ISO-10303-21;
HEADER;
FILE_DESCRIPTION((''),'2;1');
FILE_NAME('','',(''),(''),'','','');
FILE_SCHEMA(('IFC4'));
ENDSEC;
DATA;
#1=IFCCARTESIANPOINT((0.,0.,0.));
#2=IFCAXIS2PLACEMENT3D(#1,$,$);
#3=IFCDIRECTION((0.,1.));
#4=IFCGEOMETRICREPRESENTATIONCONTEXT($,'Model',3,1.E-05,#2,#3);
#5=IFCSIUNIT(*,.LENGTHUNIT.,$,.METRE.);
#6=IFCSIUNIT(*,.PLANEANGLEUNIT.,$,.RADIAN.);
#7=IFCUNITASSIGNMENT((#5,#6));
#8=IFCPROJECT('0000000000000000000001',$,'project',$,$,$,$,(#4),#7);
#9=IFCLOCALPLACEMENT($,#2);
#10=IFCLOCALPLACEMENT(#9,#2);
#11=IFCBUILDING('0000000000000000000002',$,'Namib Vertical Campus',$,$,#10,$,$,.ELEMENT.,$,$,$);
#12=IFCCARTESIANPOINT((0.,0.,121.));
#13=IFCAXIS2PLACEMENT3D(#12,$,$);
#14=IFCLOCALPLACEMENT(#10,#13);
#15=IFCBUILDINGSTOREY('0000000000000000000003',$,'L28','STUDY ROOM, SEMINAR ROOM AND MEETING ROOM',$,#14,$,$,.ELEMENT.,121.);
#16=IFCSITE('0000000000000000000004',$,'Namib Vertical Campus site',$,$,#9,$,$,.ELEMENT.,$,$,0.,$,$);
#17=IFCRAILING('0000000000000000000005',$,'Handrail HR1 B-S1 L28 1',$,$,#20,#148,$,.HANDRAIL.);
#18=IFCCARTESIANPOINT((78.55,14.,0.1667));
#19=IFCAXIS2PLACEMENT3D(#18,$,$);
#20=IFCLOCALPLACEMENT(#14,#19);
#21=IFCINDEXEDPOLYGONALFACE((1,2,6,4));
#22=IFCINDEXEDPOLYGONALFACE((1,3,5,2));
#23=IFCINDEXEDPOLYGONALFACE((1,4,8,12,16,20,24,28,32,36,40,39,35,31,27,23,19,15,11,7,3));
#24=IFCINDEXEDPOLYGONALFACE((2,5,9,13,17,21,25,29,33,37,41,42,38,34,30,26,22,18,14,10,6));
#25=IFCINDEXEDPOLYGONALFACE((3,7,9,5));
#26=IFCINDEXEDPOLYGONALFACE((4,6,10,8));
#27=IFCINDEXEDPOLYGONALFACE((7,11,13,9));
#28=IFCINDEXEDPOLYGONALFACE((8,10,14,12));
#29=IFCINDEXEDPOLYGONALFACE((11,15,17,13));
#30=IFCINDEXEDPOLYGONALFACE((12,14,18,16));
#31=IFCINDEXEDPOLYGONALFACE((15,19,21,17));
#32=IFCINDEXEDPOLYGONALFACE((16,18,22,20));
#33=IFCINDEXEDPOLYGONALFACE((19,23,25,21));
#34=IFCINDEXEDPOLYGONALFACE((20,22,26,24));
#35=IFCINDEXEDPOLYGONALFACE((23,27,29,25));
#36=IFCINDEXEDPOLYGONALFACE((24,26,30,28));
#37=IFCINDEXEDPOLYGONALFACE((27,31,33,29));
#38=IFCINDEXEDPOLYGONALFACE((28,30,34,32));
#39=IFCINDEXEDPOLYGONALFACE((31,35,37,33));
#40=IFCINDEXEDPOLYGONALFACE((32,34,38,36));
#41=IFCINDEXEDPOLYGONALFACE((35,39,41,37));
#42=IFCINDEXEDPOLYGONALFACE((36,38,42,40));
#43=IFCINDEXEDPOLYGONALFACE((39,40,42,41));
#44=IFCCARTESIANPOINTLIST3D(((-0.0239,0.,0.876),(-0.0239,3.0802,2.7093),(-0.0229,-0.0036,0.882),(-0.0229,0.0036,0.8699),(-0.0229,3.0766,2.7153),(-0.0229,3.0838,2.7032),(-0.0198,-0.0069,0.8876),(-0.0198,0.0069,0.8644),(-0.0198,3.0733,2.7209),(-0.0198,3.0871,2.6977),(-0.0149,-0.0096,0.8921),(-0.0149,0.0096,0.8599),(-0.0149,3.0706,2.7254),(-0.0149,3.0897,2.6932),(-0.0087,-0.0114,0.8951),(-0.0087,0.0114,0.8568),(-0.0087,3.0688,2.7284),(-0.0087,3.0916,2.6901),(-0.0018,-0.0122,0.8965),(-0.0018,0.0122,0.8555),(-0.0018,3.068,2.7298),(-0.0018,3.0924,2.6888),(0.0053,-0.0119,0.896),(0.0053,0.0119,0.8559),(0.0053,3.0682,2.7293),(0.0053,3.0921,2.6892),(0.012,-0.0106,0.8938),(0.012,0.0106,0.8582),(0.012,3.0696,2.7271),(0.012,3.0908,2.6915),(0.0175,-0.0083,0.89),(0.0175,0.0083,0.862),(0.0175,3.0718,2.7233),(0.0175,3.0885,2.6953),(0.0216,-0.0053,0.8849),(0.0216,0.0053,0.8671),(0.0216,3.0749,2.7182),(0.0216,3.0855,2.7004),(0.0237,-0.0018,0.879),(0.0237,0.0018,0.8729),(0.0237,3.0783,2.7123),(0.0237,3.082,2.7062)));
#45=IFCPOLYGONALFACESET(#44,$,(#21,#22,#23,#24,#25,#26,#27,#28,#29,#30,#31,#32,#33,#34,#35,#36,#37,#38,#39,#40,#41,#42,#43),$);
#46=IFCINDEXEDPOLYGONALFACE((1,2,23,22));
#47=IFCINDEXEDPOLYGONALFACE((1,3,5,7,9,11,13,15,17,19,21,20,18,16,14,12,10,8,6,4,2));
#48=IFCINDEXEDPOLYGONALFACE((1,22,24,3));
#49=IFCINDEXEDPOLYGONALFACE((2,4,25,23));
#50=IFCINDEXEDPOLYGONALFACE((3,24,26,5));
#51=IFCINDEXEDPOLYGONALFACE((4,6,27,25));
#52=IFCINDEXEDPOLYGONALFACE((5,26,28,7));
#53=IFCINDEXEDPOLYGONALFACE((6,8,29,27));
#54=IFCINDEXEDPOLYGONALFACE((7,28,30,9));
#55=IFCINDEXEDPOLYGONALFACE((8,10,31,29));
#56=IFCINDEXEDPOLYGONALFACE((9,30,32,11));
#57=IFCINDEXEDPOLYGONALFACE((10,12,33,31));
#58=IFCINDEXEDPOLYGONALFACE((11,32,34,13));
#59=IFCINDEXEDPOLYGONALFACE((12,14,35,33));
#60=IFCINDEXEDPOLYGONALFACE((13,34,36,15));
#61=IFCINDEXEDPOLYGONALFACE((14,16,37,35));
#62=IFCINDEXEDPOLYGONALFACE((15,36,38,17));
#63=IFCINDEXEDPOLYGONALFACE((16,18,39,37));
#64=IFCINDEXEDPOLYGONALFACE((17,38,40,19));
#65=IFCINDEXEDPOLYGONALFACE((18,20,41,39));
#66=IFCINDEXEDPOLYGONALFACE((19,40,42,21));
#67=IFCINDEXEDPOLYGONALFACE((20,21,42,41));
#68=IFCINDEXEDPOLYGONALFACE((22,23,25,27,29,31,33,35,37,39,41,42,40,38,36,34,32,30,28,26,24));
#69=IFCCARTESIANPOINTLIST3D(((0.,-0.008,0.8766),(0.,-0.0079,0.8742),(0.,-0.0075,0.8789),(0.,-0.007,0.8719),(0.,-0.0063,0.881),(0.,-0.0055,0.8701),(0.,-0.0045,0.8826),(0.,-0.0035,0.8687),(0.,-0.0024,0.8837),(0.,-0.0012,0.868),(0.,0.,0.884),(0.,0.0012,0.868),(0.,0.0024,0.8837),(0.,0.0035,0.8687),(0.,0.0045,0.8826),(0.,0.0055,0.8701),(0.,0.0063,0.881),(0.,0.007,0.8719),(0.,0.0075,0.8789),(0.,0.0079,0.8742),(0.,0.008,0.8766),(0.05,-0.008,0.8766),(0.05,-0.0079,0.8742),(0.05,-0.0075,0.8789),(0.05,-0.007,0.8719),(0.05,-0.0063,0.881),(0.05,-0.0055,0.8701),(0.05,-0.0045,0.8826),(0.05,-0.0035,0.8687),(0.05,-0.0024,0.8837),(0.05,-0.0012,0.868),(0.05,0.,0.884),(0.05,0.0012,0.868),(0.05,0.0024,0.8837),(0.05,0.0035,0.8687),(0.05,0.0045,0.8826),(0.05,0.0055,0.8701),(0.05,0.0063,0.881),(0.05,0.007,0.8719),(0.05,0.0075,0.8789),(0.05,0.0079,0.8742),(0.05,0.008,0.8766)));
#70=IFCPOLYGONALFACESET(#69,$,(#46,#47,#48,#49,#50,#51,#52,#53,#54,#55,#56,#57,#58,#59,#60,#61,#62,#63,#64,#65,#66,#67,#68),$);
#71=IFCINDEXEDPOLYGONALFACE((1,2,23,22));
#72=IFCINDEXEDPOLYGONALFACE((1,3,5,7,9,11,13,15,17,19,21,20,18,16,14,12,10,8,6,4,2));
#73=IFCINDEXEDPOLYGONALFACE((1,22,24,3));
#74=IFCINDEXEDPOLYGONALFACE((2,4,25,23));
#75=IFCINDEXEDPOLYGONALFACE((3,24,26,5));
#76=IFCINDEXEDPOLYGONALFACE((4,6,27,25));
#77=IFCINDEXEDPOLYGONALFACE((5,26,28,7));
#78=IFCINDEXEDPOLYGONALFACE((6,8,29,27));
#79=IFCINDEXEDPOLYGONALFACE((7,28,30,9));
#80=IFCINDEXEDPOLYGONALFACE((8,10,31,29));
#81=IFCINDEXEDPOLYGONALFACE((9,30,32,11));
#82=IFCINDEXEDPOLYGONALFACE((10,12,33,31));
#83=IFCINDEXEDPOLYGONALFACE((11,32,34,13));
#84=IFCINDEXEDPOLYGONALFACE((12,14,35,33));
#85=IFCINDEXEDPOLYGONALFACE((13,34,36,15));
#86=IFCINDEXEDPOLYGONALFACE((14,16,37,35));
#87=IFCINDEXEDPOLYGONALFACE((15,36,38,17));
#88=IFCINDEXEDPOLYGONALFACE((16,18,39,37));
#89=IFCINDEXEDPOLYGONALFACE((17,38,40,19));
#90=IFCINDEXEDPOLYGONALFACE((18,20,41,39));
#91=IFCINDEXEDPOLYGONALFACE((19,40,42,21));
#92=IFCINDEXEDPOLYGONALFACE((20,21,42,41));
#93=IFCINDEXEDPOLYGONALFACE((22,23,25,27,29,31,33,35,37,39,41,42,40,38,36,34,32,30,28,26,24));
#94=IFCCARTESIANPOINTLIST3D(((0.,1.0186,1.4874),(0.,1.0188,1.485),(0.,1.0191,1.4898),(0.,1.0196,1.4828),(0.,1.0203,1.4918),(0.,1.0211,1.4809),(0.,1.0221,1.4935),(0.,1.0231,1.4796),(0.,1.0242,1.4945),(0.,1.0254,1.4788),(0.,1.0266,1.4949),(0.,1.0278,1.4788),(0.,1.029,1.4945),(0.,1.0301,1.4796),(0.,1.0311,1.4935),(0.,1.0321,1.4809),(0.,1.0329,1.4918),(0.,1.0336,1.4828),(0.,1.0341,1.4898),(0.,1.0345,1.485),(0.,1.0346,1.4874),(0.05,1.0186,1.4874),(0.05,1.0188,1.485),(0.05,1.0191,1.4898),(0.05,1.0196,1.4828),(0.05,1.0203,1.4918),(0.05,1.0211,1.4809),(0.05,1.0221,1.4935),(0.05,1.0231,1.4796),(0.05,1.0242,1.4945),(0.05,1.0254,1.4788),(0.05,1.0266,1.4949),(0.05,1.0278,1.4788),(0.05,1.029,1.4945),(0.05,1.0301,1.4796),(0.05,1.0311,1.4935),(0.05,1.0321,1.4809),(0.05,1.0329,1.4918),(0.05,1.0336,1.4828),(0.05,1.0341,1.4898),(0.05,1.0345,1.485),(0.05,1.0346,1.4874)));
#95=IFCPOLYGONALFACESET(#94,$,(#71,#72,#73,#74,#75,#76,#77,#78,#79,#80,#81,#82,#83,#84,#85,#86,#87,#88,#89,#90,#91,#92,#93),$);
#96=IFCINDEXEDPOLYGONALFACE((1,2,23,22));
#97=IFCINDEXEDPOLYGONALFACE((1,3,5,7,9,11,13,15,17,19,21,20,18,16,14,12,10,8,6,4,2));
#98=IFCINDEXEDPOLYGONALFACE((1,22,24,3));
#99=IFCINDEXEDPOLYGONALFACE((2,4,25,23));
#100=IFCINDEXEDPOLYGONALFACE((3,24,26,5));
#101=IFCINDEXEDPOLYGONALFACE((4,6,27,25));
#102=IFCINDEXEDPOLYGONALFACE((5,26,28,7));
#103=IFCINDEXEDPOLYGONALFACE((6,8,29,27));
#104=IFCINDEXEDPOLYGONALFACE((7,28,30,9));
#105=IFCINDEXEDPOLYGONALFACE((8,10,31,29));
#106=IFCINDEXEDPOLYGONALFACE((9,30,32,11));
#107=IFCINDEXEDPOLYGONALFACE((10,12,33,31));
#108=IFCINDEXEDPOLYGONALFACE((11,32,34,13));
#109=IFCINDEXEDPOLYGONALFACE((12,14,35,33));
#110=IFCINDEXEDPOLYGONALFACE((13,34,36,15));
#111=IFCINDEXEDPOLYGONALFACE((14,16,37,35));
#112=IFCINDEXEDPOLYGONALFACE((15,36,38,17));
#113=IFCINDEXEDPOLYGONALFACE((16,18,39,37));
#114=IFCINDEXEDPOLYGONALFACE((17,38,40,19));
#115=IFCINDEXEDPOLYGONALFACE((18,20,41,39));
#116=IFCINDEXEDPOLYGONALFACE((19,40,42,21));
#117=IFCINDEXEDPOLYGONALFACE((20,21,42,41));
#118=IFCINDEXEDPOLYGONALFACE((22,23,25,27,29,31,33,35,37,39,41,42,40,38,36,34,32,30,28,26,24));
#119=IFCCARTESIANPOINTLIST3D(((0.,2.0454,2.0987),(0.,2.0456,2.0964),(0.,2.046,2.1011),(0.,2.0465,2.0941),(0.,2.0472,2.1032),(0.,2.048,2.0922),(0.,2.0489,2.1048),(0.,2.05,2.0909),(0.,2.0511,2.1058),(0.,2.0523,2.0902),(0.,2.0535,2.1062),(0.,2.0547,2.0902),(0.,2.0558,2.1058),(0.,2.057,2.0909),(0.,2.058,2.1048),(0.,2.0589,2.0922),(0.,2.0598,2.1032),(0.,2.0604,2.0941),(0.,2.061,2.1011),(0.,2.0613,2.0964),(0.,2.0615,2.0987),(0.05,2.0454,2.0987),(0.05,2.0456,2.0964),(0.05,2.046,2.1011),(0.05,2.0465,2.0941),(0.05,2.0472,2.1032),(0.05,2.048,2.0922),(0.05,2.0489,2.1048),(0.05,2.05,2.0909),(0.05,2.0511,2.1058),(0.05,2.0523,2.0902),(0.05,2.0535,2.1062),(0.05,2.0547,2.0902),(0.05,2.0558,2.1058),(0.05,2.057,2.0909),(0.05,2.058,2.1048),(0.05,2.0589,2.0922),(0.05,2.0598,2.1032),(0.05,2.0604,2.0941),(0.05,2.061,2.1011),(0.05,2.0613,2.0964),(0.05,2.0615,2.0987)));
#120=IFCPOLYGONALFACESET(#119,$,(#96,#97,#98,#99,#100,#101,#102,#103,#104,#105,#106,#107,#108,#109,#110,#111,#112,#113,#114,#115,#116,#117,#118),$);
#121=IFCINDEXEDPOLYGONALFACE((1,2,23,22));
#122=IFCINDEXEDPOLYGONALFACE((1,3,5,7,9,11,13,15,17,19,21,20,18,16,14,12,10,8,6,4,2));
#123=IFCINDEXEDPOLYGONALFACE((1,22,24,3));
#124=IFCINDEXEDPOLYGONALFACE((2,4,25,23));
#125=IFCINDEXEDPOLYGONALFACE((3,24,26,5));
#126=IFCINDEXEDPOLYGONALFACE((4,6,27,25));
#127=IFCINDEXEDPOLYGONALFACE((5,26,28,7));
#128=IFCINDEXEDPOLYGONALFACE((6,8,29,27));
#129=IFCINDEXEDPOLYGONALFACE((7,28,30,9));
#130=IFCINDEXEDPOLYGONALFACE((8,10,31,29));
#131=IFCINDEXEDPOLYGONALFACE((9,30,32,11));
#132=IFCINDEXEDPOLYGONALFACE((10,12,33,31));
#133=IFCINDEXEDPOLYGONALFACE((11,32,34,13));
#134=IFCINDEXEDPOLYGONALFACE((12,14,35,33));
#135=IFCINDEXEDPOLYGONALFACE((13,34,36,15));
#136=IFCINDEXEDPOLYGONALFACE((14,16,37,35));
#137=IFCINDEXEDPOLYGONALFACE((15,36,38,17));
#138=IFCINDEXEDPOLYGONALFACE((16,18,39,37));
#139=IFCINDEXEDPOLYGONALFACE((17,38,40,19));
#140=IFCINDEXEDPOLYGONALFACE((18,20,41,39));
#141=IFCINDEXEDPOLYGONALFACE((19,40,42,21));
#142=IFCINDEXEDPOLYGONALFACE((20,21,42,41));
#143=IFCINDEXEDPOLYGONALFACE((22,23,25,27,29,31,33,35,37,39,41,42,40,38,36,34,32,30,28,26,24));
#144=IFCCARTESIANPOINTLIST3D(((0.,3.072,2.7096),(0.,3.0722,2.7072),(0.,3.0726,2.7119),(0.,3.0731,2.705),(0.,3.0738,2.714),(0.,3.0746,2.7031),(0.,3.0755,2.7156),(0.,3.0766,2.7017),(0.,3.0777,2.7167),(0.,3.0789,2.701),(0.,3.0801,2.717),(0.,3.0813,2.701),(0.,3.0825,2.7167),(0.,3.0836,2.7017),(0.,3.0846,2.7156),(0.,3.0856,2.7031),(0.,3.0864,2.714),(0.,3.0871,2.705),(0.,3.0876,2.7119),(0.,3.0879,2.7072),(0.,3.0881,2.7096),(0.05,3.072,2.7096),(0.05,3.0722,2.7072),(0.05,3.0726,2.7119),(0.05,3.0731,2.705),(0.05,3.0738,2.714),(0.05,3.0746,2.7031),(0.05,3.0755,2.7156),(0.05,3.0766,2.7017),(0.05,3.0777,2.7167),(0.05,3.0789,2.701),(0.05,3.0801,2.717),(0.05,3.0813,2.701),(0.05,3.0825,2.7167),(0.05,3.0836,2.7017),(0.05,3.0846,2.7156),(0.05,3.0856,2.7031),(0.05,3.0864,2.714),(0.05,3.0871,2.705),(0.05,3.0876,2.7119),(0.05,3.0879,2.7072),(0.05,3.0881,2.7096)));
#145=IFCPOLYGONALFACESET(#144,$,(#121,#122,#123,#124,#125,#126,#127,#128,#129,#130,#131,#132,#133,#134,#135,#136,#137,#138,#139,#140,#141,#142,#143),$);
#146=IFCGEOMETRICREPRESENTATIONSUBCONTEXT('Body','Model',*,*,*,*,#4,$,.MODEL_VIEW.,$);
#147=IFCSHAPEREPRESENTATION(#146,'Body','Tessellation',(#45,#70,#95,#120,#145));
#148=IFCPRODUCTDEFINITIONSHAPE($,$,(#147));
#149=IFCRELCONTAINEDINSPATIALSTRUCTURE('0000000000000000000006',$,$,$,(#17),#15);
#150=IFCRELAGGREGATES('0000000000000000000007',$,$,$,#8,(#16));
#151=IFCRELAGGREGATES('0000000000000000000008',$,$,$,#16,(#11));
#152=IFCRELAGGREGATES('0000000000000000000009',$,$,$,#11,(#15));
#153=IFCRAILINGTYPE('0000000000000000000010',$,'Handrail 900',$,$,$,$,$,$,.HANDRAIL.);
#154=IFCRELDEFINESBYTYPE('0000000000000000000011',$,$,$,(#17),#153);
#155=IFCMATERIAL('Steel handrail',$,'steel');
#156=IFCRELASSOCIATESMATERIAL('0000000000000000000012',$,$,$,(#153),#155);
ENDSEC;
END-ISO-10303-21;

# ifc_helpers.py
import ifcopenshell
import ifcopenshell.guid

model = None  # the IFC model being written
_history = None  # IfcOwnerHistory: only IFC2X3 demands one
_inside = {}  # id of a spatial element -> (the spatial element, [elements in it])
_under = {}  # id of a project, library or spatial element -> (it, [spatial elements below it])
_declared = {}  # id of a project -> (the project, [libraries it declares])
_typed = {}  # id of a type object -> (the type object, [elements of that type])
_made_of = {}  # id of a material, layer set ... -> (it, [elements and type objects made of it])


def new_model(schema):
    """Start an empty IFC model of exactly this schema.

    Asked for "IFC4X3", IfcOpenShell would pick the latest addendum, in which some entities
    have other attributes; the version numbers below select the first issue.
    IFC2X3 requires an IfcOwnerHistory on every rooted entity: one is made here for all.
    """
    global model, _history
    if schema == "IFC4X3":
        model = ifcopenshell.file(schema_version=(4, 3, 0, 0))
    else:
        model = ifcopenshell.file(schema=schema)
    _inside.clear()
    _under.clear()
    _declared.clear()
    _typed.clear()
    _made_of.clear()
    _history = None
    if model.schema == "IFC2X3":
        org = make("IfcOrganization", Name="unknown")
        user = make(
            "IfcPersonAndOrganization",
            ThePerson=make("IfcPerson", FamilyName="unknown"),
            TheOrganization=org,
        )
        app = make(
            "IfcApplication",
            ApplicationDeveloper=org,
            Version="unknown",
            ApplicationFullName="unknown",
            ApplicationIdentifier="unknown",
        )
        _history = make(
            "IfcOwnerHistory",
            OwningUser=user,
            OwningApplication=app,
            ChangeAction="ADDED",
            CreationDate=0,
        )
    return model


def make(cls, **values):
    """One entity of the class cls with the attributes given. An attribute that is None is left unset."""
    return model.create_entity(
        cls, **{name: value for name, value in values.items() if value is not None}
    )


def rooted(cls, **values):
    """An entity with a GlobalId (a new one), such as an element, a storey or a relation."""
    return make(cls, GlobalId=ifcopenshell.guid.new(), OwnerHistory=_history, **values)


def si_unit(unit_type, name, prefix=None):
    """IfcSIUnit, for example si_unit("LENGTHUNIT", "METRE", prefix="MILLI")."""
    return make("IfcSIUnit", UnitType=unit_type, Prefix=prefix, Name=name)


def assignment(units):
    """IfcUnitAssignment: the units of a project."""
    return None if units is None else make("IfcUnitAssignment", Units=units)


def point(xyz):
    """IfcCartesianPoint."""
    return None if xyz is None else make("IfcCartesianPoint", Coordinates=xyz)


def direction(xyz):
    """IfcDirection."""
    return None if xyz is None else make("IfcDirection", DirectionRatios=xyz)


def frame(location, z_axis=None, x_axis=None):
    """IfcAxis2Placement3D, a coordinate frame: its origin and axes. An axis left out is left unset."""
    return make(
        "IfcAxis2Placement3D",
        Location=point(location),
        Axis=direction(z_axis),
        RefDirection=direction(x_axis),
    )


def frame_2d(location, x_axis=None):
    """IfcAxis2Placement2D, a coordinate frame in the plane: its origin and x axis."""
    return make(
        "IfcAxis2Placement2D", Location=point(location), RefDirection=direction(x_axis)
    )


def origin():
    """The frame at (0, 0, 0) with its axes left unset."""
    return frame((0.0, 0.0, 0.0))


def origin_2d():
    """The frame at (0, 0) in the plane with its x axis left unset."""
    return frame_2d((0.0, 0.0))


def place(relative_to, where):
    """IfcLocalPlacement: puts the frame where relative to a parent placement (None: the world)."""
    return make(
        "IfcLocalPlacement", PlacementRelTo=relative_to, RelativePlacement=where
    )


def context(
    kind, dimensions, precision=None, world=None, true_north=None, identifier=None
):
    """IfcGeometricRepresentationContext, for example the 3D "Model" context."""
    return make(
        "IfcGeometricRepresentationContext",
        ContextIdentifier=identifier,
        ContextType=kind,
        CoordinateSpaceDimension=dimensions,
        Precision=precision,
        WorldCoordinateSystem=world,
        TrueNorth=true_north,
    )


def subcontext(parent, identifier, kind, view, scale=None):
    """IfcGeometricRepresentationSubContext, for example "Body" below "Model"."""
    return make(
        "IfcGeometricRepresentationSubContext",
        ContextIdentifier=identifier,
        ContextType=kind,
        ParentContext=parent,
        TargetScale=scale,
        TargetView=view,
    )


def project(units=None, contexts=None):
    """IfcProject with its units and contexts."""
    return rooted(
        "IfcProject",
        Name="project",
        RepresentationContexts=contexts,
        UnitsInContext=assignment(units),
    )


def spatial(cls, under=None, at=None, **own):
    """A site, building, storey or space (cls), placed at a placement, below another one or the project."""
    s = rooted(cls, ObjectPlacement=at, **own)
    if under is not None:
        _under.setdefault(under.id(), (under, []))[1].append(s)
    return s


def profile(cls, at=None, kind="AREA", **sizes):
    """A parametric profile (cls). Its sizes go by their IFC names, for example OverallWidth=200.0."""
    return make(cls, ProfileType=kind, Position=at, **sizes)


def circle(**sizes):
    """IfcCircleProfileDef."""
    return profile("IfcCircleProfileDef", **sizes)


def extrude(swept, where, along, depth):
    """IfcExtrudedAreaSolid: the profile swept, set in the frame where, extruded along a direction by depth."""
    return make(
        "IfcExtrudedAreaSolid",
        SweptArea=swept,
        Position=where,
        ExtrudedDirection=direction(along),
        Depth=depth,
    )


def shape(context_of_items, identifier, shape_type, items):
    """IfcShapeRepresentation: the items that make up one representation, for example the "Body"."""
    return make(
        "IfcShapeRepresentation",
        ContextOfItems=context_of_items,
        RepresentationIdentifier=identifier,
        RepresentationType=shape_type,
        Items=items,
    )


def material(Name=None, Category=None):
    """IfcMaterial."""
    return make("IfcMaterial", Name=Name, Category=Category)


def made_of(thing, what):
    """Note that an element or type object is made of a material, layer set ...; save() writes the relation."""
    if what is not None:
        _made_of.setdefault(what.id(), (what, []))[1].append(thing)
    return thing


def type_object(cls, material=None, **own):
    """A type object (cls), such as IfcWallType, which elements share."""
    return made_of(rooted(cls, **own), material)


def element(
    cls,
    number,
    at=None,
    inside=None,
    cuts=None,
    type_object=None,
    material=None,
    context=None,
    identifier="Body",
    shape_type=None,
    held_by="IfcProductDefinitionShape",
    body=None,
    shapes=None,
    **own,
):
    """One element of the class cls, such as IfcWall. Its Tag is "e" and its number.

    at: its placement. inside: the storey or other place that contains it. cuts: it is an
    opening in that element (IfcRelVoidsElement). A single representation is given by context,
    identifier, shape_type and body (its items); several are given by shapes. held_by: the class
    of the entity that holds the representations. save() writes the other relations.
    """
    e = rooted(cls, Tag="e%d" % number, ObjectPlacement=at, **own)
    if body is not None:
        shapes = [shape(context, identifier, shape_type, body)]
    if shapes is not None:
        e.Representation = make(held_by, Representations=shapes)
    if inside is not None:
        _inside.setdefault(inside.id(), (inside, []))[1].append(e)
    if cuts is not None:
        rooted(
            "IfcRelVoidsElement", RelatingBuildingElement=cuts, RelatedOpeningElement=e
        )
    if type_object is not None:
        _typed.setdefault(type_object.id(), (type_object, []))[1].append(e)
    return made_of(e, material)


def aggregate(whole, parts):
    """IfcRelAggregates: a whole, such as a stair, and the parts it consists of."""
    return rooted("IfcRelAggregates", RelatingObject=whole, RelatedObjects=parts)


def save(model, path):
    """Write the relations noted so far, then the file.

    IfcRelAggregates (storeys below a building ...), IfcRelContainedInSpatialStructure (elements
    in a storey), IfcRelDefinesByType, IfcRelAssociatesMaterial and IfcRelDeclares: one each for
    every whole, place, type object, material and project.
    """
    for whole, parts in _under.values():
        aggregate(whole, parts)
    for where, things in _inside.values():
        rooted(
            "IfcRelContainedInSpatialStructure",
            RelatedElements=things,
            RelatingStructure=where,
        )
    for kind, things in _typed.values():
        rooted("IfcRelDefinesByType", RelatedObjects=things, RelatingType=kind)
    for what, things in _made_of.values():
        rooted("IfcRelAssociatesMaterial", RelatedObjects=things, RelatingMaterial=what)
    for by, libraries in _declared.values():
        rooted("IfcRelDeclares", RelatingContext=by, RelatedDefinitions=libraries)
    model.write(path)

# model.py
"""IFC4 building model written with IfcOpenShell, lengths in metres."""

from ifc_helpers import new_model, si_unit, direction, frame, origin, origin_2d, place, context, subcontext, project, spatial, circle, extrude, material, type_object, element, save


model = new_model("IFC4")

# Units and contexts
model_context = context("Model", 3, precision=1e-05, world=origin(), true_north=direction((0.0, 1.0)))
body_context = subcontext(model_context, "Body", "Model", "MODEL_VIEW")
ifc_project = project(units=[si_unit("LENGTHUNIT", "METRE"), si_unit("PLANEANGLEUNIT", "RADIAN")], contexts=[model_context])

# Site, building, storey
site_placement = place(None, origin())
site = spatial("IfcSite", under=ifc_project, at=site_placement, Name="Namib Vertical Campus site", CompositionType="ELEMENT", RefElevation=0.0)
building_placement = place(site_placement, origin())
building = spatial("IfcBuilding", under=site, at=building_placement, Name="Namib Vertical Campus", CompositionType="ELEMENT")
storey_placement = place(building_placement, frame((0.0, 0.0, 121.0)))
storey = spatial("IfcBuildingStorey", under=building, at=storey_placement, Name="L28", Description="STUDY ROOM, SEMINAR ROOM AND MEETING ROOM", CompositionType="ELEMENT", Elevation=121.0)

# Railing
ifc_material_1 = material(Name="Steel handrail", Category="steel")
railing_type = type_object("IfcRailingType", Name="Handrail 900", PredefinedType="HANDRAIL", material=ifc_material_1)
railing_1_placement = place(storey_placement, frame((78.55, 14.0, 0.1667)))
element("IfcRailing", 1, at=railing_1_placement, inside=storey, type_object=railing_type, Name="Handrail HR1 B-S1 L28 1", PredefinedType="HANDRAIL", context=body_context, shape_type="SweptSolid", body=[
    extrude(circle(Radius=0.0239, at=origin_2d()), frame((0.0, 0.0, 0.876), z_axis=(0.0, 0.859309, 0.511458), x_axis=(-1.0, 0.0, 0.0)), (0.0, 0.0, 1.0), 3.5845),
    extrude(circle(Radius=0.0081, at=origin_2d()), frame((0.0, 0.0, 0.876), z_axis=(1.0, 0.0, 0.0), x_axis=(0.0, 0.0, 1.0)), (0.0, 0.0, 1.0), 0.05),
    extrude(circle(Radius=0.0081, at=origin_2d()), frame((0.0, 1.0266, 1.4868), z_axis=(1.0, 0.0, 0.0), x_axis=(0.0, 0.0, 1.0)), (0.0, 0.0, 1.0), 0.05),
    extrude(circle(Radius=0.0081, at=origin_2d()), frame((0.0, 2.0535, 2.0981), z_axis=(1.0, 0.0, 0.0), x_axis=(0.0, 0.0, 1.0)), (0.0, 0.0, 1.0), 0.05),
    extrude(circle(Radius=0.0081, at=origin_2d()), frame((0.0, 3.0801, 2.709), z_axis=(1.0, 0.0, 0.0), x_axis=(0.0, 0.0, 1.0)), (0.0, 0.0, 1.0), 0.05),
])

save(model, "model.ifc")
